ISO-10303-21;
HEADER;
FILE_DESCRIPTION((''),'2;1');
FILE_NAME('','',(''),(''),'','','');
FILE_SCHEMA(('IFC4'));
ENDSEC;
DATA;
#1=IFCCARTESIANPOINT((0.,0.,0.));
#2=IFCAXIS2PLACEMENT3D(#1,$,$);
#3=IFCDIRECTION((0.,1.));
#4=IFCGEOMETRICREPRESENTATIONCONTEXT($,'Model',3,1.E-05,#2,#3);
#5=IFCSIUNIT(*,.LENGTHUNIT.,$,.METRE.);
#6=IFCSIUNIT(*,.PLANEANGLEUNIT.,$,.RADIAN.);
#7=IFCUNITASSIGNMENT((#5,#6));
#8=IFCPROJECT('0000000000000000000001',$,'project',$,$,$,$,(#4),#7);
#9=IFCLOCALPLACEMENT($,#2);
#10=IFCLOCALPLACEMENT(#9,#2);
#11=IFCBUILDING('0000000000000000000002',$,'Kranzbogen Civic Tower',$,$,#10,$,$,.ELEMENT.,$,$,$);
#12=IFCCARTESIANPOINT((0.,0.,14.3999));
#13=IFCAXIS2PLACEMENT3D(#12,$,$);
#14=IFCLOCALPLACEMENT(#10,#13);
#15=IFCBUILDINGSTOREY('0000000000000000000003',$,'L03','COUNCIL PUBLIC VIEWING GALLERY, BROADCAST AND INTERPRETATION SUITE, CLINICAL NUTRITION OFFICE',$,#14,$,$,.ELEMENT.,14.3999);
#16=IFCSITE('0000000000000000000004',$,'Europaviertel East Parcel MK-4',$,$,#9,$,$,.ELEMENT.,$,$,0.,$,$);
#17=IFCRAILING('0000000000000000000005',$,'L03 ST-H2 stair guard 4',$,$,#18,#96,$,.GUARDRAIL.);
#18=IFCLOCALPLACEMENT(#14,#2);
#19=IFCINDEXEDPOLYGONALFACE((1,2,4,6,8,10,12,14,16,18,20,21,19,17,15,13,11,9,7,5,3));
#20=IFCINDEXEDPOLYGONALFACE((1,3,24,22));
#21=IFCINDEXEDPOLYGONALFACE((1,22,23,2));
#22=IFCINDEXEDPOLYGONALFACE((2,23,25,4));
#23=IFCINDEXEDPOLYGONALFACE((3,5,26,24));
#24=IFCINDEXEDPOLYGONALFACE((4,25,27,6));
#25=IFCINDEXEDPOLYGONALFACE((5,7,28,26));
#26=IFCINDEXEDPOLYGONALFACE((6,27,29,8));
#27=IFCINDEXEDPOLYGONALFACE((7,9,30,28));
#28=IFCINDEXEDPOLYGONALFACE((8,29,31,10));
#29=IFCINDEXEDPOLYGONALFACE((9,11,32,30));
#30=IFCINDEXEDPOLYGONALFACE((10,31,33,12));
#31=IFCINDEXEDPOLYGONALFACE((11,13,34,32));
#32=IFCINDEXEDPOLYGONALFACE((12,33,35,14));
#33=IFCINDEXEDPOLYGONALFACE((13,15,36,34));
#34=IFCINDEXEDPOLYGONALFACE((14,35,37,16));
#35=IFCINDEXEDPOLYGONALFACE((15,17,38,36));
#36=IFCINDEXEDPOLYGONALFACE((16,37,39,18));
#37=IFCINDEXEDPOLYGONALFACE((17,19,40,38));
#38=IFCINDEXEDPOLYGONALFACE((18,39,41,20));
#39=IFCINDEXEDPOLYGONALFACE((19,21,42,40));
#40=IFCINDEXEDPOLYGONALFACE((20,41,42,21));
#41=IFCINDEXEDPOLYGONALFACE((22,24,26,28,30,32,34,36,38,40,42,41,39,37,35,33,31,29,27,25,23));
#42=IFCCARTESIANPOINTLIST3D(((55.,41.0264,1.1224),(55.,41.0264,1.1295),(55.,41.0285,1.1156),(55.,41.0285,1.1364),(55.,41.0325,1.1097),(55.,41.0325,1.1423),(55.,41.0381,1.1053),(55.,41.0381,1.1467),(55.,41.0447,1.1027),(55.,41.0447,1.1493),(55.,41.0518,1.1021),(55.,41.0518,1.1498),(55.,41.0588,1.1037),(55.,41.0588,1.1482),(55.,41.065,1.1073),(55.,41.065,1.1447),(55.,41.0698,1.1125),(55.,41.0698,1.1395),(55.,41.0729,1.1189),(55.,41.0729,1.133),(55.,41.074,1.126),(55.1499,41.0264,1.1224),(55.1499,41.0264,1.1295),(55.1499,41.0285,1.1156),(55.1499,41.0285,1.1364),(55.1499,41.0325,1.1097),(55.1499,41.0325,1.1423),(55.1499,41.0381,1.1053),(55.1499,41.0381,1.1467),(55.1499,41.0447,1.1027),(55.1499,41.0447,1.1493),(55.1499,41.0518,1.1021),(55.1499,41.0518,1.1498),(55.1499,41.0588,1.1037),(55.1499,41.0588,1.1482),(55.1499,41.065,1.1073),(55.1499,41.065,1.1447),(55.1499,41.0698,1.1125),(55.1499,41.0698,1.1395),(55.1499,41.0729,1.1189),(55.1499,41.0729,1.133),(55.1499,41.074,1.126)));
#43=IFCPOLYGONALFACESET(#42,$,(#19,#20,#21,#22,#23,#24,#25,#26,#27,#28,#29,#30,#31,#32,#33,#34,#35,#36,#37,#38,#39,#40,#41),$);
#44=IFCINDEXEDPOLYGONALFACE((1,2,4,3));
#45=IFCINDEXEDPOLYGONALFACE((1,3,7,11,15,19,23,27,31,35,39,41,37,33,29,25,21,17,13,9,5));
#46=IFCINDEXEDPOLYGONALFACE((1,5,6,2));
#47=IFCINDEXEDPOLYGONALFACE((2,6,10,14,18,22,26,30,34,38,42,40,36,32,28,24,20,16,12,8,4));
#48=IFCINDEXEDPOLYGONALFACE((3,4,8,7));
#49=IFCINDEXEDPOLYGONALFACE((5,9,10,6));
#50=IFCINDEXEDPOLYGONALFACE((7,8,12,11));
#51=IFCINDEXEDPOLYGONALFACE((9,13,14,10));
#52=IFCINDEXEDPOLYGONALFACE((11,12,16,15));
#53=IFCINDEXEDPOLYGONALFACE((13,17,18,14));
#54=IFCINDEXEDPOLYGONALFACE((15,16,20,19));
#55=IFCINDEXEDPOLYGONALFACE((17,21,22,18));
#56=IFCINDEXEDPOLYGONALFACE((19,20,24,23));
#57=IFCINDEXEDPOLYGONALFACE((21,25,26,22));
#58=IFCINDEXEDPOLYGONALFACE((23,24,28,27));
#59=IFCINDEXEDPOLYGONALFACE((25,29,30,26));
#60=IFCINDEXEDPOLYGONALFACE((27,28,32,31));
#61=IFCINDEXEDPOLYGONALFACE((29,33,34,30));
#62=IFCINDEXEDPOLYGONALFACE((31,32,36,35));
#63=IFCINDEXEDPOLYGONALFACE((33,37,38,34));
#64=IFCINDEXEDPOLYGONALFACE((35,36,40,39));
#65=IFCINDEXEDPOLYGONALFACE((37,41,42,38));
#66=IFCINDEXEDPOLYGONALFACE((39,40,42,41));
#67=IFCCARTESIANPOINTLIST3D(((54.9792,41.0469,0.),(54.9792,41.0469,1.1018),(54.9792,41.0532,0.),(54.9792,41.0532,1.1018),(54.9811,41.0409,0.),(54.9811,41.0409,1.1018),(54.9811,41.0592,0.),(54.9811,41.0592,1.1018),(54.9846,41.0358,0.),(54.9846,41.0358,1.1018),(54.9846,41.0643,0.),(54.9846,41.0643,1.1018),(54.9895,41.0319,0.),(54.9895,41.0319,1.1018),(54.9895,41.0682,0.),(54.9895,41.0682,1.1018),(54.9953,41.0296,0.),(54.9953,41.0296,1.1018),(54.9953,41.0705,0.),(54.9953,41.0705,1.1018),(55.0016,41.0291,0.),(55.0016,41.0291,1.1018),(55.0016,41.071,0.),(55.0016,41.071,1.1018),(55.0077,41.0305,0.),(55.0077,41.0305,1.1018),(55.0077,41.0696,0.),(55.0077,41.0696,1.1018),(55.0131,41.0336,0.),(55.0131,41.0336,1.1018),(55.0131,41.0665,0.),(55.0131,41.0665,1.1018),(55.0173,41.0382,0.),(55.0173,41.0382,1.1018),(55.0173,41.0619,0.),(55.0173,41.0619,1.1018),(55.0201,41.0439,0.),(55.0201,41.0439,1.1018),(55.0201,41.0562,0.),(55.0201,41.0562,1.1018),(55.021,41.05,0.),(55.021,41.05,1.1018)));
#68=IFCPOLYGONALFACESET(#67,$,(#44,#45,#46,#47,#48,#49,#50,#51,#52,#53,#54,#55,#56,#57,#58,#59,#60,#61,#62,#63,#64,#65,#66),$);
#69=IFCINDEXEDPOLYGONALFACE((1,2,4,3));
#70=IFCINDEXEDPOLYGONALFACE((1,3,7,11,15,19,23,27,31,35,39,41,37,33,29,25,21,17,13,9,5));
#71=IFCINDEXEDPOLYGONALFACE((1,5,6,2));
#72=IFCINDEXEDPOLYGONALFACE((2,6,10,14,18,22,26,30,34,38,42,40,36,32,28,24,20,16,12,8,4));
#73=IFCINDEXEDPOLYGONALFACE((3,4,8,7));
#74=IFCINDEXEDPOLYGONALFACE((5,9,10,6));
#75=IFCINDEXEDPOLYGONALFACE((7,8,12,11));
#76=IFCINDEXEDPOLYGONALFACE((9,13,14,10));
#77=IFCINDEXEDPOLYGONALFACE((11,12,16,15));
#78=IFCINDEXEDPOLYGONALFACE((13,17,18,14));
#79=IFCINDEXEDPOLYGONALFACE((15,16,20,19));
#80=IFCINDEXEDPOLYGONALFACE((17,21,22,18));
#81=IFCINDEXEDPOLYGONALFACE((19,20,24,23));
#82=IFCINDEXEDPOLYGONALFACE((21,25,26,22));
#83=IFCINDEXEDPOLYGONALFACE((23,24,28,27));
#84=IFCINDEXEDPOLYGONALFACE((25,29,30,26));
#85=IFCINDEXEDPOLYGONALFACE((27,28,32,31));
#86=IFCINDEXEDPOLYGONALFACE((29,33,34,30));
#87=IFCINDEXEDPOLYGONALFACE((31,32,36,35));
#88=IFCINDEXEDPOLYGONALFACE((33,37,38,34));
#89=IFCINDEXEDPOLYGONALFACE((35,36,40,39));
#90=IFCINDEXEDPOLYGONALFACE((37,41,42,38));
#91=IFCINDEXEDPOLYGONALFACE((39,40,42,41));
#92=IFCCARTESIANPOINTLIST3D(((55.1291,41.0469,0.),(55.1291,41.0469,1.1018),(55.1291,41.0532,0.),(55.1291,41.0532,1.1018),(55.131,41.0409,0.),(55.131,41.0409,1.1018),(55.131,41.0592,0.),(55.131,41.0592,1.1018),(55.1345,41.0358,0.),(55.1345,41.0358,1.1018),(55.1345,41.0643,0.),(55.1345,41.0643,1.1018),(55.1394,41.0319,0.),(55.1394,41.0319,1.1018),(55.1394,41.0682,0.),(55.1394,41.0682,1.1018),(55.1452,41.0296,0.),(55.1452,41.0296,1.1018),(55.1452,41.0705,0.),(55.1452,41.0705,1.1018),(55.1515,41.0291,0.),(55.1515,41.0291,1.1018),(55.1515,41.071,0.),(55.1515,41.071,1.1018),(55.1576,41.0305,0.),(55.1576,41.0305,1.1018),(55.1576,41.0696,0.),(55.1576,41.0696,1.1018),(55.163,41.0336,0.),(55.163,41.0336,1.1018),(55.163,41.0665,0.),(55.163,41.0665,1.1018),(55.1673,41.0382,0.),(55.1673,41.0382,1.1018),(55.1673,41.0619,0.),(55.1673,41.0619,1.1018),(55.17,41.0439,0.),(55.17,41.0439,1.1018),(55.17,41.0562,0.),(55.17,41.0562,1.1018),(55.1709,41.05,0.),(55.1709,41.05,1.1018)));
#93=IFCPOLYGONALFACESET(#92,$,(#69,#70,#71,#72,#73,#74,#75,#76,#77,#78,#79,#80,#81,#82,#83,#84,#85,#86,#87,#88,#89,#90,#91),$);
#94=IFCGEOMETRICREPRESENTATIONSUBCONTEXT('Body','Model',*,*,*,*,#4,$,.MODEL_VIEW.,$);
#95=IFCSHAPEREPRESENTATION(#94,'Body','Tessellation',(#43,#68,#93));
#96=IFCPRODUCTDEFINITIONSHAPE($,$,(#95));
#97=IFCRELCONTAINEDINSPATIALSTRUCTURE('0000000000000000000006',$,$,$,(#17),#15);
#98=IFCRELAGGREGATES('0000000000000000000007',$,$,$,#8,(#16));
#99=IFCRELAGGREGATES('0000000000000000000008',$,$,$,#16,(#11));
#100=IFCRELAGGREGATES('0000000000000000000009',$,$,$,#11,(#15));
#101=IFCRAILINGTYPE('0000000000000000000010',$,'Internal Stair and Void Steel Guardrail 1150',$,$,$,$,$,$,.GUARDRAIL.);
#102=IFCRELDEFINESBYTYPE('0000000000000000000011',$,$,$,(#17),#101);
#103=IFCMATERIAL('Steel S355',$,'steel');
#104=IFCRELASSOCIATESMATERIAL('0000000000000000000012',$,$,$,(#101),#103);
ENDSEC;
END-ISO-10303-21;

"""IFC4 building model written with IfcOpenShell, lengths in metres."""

from ifc_helpers import new_model, si_unit, direction, frame, origin, origin_2d, place, context, subcontext, project, spatial, circle, extrude, material, type_object, element, save


model = new_model("IFC4")

# Units and contexts
model_context = context("Model", 3, precision=1e-05, world=origin(), true_north=direction((0.0, 1.0)))
body_context = subcontext(model_context, "Body", "Model", "MODEL_VIEW")
ifc_project = project(units=[si_unit("LENGTHUNIT", "METRE"), si_unit("PLANEANGLEUNIT", "RADIAN")], contexts=[model_context])

# Site, building, storey
site_placement = place(None, origin())
site = spatial("IfcSite", under=ifc_project, at=site_placement, Name="Europaviertel East Parcel MK-4", CompositionType="ELEMENT", RefElevation=0.0)
building_placement = place(site_placement, origin())
building = spatial("IfcBuilding", under=site, at=building_placement, Name="Kranzbogen Civic Tower", CompositionType="ELEMENT")
storey_placement = place(building_placement, frame((0.0, 0.0, 14.3999)))
storey = spatial("IfcBuildingStorey", under=building, at=storey_placement, Name="L03", Description="COUNCIL PUBLIC VIEWING GALLERY, BROADCAST AND INTERPRETATION SUITE, CLINICAL NUTRITION OFFICE", CompositionType="ELEMENT", Elevation=14.3999)

# Shared definitions
ifc_material_1 = material(Name="Steel S355", Category="steel")

# Railing
railing_type_1 = type_object("IfcRailingType", Name="Internal Stair and Void Steel Guardrail 1150", PredefinedType="GUARDRAIL", material=ifc_material_1)
railing_1_placement = place(storey_placement, frame((55.0, 41.05, 0.0)))
element("IfcRailing", 1, at=railing_1_placement, inside=storey, type_object=railing_type_1, Name="L03 ST-H2 stair guard 4", PredefinedType="GUARDRAIL", context=body_context, shape_type="SweptSolid", body=[
    extrude(circle(Radius=0.0239, at=origin_2d()), frame((0.0, 0.0, 1.126), z_axis=(1.0, 0.0, 0.0), x_axis=(0.0, 1.0, 0.0)), (0.0, 0.0, 1.0), 0.1499),
    extrude(circle(Radius=0.021, at=origin_2d()), origin(), (0.0, 0.0, 1.0), 1.1018),
    extrude(circle(Radius=0.021, at=origin_2d()), frame((0.1499, 0.0, 0.0)), (0.0, 0.0, 1.0), 1.1018),
])

save(model, "model.ifc")
